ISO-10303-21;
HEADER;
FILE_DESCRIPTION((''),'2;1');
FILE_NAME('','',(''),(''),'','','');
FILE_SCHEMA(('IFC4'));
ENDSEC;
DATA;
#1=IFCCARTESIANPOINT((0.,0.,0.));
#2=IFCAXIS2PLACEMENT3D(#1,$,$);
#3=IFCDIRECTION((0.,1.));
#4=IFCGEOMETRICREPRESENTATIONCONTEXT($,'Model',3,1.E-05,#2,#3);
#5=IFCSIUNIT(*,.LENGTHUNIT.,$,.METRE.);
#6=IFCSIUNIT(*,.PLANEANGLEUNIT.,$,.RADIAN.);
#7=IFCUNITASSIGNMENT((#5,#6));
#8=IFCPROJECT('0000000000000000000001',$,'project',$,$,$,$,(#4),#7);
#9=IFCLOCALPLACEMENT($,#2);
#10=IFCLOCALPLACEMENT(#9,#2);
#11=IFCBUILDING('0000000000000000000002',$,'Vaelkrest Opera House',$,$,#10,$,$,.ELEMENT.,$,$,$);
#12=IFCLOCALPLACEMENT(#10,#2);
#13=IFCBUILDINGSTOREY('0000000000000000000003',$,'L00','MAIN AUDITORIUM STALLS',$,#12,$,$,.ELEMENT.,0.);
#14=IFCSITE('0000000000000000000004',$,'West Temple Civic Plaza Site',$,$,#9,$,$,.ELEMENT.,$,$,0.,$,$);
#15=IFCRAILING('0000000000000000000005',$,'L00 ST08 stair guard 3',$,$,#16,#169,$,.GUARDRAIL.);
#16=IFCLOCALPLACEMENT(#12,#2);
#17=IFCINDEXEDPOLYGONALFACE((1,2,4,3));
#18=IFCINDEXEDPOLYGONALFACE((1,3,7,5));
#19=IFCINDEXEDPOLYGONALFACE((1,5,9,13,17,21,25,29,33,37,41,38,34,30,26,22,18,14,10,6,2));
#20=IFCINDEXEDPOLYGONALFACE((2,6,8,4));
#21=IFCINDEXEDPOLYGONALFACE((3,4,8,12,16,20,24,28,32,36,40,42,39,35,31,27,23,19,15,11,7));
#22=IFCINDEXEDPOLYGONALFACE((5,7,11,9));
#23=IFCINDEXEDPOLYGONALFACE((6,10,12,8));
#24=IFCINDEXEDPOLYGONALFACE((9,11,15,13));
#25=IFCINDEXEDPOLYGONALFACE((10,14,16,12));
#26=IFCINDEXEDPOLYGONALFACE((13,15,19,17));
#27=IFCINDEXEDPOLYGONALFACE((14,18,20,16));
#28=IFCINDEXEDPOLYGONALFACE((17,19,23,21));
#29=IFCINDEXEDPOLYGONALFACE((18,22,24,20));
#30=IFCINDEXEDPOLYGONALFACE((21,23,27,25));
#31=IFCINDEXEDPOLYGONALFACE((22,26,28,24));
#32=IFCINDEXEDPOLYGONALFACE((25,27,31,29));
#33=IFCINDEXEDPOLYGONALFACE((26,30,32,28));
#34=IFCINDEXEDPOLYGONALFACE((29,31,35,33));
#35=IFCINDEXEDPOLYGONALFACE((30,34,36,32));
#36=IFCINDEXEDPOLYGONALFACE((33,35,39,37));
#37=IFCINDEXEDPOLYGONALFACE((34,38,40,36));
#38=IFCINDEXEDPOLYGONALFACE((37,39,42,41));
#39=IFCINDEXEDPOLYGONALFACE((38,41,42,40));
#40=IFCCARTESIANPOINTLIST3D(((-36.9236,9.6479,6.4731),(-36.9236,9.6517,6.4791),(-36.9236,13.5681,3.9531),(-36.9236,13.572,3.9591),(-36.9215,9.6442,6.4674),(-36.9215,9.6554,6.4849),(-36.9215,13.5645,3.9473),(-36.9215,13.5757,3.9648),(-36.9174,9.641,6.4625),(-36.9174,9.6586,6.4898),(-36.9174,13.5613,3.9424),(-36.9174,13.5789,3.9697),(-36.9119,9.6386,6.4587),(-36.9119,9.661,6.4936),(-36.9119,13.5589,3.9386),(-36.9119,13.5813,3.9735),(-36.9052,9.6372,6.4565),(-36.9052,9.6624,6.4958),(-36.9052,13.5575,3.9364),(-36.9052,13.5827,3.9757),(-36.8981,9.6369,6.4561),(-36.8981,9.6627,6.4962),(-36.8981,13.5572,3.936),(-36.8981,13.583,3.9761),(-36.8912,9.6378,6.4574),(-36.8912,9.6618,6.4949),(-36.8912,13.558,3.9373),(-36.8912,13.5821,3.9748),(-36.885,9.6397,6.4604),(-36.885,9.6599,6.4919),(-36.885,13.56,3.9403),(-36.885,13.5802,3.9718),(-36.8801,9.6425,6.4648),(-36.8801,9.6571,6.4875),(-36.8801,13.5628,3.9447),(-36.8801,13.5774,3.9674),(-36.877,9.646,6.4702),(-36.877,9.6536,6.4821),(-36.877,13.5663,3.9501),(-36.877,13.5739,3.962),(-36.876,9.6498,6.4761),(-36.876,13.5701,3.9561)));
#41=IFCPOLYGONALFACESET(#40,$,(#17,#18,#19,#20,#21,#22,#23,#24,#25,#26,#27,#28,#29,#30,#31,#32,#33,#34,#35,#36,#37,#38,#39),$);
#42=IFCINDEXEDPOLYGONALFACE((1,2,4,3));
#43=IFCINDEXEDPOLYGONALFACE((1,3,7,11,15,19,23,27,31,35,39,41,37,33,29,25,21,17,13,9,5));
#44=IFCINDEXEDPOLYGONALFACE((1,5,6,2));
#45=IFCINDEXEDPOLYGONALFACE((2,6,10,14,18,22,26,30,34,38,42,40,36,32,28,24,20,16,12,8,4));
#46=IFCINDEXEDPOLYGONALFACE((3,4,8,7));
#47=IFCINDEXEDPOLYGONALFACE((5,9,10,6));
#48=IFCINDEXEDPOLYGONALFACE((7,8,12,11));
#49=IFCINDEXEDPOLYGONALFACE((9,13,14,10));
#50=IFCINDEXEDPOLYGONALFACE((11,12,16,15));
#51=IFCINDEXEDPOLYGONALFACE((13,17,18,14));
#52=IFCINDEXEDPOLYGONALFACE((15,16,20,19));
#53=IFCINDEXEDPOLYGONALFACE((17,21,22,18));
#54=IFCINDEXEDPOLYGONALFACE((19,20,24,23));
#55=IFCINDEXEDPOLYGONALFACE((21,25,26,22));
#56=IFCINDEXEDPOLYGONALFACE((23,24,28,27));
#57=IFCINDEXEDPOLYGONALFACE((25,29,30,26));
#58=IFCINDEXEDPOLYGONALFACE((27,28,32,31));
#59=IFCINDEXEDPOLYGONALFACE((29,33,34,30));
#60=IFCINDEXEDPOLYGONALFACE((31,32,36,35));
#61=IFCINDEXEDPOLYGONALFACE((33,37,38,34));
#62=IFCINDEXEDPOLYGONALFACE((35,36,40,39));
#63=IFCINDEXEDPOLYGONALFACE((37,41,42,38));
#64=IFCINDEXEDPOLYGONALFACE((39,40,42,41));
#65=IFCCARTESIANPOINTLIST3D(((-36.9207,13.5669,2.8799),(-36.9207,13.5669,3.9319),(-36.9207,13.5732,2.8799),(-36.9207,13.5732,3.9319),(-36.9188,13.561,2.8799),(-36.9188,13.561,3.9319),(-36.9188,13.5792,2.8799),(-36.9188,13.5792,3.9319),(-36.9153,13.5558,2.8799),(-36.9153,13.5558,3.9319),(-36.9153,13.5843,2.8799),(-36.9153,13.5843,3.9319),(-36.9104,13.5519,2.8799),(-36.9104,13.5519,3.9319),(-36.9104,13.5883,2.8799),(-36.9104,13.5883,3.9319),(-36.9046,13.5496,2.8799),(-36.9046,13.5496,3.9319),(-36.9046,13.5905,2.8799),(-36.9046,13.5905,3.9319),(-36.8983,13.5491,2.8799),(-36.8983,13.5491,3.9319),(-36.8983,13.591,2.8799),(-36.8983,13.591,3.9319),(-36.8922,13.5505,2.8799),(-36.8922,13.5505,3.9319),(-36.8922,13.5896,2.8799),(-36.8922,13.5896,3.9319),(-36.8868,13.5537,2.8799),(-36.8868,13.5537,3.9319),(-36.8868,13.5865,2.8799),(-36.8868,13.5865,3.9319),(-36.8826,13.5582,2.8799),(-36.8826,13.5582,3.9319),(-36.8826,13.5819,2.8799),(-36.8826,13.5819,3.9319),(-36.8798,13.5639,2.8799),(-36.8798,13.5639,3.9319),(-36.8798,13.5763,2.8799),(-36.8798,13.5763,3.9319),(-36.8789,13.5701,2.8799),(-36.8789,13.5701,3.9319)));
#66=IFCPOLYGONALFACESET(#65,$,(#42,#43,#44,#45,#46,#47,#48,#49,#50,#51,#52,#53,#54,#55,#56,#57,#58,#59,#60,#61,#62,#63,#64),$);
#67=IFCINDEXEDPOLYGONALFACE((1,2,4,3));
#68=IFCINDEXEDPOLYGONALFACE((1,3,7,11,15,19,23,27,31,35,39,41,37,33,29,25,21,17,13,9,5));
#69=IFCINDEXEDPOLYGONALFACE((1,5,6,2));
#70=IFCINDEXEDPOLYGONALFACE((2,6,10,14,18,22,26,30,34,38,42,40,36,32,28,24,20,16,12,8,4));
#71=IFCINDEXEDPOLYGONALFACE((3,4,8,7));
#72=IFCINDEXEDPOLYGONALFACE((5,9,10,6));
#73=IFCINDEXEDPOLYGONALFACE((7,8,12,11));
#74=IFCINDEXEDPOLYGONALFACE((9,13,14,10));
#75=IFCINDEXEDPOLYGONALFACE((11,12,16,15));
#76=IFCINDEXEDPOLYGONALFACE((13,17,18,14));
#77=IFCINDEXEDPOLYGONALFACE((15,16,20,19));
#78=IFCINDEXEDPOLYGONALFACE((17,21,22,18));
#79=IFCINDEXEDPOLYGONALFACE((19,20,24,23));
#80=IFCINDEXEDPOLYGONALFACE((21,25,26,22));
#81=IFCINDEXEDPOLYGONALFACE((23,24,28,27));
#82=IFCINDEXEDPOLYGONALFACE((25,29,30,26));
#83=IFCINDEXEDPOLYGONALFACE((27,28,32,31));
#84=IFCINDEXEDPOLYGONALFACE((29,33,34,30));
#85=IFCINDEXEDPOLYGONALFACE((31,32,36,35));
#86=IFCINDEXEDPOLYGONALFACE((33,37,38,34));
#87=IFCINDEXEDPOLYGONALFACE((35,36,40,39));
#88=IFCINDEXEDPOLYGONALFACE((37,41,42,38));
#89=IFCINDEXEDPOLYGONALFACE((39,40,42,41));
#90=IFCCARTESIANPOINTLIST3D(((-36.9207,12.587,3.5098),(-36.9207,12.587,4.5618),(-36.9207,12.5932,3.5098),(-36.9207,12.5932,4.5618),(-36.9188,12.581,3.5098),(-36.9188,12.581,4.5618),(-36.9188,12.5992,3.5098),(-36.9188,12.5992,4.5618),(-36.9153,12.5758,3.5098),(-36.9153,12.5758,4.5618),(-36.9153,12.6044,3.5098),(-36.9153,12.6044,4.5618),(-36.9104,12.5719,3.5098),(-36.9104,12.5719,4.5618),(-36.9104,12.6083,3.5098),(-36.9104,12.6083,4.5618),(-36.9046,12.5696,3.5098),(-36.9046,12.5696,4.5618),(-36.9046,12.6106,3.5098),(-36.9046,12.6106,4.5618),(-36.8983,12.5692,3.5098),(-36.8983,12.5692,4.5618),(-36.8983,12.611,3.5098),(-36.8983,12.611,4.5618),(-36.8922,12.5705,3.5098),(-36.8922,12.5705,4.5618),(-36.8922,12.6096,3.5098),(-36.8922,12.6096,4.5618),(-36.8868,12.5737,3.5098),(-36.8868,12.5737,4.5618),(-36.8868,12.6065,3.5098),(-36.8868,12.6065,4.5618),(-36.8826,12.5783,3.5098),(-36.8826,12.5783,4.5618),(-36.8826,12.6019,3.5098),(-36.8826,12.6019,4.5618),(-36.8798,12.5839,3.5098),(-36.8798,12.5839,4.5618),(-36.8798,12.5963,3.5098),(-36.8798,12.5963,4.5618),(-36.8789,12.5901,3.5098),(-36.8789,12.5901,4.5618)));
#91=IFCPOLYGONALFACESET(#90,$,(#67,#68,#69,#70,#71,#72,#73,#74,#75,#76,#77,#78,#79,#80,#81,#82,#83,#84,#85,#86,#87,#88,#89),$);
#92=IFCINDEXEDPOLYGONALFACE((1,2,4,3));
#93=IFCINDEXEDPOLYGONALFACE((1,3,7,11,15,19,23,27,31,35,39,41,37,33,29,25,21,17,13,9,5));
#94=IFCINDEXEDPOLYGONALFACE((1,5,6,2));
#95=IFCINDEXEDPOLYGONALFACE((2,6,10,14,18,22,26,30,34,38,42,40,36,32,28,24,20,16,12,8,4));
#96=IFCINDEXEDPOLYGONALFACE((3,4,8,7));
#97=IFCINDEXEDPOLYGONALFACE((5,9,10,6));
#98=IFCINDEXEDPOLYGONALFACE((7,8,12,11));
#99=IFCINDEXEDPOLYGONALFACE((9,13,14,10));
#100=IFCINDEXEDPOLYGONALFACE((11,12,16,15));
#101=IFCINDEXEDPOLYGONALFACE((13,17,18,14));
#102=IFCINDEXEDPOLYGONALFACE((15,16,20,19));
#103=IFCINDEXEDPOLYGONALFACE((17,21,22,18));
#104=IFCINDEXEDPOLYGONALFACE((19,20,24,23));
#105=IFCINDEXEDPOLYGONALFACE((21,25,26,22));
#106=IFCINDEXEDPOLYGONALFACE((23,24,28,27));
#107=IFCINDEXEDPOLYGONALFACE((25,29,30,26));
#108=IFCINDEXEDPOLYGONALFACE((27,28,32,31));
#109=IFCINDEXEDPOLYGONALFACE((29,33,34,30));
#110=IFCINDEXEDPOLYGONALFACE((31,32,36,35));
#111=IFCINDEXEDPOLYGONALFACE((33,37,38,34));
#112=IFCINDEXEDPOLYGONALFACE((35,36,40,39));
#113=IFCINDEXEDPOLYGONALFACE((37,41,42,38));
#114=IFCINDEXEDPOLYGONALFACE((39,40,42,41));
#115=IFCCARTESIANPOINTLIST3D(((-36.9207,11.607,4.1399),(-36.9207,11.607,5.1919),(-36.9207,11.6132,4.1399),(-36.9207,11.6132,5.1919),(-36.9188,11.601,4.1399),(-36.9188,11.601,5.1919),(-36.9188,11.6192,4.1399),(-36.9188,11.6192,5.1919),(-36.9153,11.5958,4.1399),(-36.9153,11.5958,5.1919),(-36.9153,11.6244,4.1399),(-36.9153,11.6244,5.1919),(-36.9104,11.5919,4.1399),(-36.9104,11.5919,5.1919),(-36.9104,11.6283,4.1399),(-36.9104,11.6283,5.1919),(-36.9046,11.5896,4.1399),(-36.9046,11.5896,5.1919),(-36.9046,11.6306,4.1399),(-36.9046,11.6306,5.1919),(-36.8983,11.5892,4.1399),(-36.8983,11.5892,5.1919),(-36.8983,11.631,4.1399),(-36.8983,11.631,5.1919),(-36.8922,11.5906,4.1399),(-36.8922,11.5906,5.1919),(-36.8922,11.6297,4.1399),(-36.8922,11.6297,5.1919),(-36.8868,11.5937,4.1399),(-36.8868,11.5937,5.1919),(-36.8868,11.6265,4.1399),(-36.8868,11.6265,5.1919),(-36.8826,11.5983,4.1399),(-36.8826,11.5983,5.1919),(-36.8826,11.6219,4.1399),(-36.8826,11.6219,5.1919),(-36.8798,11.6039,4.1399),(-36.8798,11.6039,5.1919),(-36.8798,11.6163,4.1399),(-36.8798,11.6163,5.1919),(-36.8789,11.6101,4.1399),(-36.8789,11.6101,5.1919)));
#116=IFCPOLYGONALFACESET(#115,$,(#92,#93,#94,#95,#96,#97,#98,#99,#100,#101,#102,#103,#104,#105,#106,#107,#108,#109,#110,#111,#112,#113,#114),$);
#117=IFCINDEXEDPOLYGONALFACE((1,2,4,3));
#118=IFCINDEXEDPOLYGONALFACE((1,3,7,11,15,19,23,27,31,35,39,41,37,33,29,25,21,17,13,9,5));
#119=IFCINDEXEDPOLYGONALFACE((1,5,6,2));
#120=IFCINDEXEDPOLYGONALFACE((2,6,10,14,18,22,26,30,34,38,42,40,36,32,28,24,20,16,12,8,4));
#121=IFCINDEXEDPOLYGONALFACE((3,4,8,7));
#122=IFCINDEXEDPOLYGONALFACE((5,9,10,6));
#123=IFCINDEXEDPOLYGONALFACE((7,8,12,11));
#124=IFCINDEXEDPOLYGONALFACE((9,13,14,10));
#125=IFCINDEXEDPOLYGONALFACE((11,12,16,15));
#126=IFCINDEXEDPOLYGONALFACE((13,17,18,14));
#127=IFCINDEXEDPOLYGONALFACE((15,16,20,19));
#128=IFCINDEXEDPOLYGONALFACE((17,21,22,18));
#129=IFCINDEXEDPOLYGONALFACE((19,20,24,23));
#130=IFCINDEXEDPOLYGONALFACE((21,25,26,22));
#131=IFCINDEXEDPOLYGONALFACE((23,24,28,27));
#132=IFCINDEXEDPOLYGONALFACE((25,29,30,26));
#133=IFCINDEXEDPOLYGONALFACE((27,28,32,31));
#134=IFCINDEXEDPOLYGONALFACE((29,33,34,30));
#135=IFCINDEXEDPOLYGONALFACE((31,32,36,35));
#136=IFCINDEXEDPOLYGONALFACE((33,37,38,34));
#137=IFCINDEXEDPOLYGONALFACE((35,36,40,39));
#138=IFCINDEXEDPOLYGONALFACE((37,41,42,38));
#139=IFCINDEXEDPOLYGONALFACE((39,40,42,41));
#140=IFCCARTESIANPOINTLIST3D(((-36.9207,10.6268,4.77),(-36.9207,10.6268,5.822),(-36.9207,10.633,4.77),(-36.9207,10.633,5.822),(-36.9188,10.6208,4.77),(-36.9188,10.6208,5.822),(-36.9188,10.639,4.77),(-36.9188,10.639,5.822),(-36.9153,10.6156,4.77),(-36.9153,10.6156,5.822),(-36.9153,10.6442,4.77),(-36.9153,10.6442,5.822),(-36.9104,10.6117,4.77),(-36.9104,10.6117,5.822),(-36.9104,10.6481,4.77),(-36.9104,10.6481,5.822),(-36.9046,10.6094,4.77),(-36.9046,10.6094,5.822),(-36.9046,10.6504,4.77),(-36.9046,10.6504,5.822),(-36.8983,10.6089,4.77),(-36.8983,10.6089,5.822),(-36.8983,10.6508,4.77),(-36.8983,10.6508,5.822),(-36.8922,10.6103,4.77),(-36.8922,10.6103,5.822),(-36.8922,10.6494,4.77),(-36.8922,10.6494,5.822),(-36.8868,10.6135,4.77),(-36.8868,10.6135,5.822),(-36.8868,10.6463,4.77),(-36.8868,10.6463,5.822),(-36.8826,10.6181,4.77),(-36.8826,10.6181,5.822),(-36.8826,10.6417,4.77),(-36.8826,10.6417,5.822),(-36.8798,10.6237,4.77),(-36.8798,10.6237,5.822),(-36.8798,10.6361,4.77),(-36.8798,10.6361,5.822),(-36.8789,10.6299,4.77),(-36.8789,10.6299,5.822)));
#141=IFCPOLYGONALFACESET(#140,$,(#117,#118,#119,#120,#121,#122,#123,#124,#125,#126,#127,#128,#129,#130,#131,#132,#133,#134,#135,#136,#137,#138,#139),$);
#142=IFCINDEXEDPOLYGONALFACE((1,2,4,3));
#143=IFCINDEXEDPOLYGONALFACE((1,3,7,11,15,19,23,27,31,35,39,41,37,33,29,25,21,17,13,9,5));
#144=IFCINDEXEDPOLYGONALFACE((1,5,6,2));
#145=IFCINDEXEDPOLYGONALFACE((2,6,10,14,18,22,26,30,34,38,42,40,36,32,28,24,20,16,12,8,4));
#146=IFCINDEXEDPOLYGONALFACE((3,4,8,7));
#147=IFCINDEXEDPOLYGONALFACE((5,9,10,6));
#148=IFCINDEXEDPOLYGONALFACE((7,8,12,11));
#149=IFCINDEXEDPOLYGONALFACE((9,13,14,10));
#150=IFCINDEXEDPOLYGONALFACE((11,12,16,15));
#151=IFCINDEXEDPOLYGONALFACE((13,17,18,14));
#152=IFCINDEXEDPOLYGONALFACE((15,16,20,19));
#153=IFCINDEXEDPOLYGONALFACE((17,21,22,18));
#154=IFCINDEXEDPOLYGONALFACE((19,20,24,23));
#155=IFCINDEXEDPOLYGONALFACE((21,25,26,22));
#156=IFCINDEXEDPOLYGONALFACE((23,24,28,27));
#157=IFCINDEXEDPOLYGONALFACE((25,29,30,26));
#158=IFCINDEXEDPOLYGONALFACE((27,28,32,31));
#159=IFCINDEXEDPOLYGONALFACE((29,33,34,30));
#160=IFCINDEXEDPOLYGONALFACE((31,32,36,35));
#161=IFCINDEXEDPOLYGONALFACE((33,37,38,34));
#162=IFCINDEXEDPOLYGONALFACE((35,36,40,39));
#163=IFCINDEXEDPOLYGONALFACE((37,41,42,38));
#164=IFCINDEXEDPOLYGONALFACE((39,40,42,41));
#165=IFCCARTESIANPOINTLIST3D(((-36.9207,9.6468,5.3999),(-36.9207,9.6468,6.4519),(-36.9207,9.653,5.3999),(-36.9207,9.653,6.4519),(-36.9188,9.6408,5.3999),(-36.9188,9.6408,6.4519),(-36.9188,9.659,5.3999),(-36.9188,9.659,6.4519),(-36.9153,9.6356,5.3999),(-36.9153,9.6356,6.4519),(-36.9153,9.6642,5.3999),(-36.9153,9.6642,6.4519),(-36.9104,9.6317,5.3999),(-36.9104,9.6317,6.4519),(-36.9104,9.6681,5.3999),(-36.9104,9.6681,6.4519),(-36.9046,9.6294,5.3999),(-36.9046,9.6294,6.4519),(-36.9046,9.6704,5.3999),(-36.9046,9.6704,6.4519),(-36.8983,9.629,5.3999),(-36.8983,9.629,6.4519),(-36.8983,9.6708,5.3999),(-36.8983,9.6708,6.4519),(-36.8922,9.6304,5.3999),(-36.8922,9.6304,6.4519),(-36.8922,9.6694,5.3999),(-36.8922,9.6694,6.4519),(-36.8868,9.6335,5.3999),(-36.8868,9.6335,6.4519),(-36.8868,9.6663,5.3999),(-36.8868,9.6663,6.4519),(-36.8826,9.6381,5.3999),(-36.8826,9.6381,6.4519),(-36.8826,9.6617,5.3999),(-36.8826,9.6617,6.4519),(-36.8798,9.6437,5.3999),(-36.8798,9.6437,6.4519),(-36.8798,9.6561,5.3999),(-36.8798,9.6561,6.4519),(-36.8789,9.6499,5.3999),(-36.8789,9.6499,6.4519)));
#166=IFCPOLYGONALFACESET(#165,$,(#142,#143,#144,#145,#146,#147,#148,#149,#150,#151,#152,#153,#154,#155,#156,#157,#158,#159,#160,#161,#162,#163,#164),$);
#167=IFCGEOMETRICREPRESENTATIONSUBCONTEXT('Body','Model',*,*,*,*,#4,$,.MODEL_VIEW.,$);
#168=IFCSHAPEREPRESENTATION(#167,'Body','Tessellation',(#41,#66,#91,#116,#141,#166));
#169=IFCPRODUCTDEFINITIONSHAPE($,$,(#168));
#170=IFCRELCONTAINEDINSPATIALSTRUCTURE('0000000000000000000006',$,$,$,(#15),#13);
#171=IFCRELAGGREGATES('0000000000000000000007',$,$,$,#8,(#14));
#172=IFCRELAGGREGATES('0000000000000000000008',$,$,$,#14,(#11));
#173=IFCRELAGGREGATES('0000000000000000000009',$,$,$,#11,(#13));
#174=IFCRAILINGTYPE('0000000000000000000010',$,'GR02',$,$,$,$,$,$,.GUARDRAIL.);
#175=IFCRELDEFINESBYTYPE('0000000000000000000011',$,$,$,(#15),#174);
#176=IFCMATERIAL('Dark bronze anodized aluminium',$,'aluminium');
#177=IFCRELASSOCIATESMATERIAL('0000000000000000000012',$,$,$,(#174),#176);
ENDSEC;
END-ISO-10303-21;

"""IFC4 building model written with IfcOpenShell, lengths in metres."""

from ifc_helpers import new_model, si_unit, direction, frame, origin, origin_2d, place, context, subcontext, project, spatial, circle, extrude, material, type_object, element, save


model = new_model("IFC4")

# Units and contexts
model_context = context("Model", 3, precision=1e-05, world=origin(), true_north=direction((0.0, 1.0)))
body_context = subcontext(model_context, "Body", "Model", "MODEL_VIEW")
ifc_project = project(units=[si_unit("LENGTHUNIT", "METRE"), si_unit("PLANEANGLEUNIT", "RADIAN")], contexts=[model_context])

# Site, building, storey
site_placement = place(None, origin())
site = spatial("IfcSite", under=ifc_project, at=site_placement, Name="West Temple Civic Plaza Site", CompositionType="ELEMENT", RefElevation=0.0)
building_placement = place(site_placement, origin())
building = spatial("IfcBuilding", under=site, at=building_placement, Name="Vaelkrest Opera House", CompositionType="ELEMENT")
storey_placement = place(building_placement, origin())
storey = spatial("IfcBuildingStorey", under=building, at=storey_placement, Name="L00", Description="MAIN AUDITORIUM STALLS", CompositionType="ELEMENT", Elevation=0.0)

# Shared definitions
ifc_material_1 = material(Name="Dark bronze anodized aluminium", Category="aluminium")

# Railing
railing_type_1 = type_object("IfcRailingType", Name="GR02", PredefinedType="GUARDRAIL", material=ifc_material_1)
railing_1_placement = place(storey_placement, frame((-36.8999, 13.5701, 2.8799)))
element("IfcRailing", 1, at=railing_1_placement, inside=storey, type_object=railing_type_1, Name="L00 ST08 stair guard 3", PredefinedType="GUARDRAIL", context=body_context, shape_type="SweptSolid", body=[
    extrude(circle(Radius=0.0239, at=origin_2d()), frame((0.0, 0.0, 1.0762), z_axis=(0.0, -0.841187, 0.540744), x_axis=(1.0, 0.0, 0.0)), (0.0, 0.0, 1.0), 4.6604),
    extrude(circle(Radius=0.021, at=origin_2d()), origin(), (0.0, 0.0, 1.0), 1.052),
    extrude(circle(Radius=0.021, at=origin_2d()), frame((0.0, -0.98, 0.6299)), (0.0, 0.0, 1.0), 1.052),
    extrude(circle(Radius=0.021, at=origin_2d()), frame((0.0, -1.96, 1.26)), (0.0, 0.0, 1.0), 1.052),
    extrude(circle(Radius=0.021, at=origin_2d()), frame((0.0, -2.9402, 1.8901)), (0.0, 0.0, 1.0), 1.052),
    extrude(circle(Radius=0.021, at=origin_2d()), frame((0.0, -3.9202, 2.52)), (0.0, 0.0, 1.0), 1.052),
])

save(model, "model.ifc")
